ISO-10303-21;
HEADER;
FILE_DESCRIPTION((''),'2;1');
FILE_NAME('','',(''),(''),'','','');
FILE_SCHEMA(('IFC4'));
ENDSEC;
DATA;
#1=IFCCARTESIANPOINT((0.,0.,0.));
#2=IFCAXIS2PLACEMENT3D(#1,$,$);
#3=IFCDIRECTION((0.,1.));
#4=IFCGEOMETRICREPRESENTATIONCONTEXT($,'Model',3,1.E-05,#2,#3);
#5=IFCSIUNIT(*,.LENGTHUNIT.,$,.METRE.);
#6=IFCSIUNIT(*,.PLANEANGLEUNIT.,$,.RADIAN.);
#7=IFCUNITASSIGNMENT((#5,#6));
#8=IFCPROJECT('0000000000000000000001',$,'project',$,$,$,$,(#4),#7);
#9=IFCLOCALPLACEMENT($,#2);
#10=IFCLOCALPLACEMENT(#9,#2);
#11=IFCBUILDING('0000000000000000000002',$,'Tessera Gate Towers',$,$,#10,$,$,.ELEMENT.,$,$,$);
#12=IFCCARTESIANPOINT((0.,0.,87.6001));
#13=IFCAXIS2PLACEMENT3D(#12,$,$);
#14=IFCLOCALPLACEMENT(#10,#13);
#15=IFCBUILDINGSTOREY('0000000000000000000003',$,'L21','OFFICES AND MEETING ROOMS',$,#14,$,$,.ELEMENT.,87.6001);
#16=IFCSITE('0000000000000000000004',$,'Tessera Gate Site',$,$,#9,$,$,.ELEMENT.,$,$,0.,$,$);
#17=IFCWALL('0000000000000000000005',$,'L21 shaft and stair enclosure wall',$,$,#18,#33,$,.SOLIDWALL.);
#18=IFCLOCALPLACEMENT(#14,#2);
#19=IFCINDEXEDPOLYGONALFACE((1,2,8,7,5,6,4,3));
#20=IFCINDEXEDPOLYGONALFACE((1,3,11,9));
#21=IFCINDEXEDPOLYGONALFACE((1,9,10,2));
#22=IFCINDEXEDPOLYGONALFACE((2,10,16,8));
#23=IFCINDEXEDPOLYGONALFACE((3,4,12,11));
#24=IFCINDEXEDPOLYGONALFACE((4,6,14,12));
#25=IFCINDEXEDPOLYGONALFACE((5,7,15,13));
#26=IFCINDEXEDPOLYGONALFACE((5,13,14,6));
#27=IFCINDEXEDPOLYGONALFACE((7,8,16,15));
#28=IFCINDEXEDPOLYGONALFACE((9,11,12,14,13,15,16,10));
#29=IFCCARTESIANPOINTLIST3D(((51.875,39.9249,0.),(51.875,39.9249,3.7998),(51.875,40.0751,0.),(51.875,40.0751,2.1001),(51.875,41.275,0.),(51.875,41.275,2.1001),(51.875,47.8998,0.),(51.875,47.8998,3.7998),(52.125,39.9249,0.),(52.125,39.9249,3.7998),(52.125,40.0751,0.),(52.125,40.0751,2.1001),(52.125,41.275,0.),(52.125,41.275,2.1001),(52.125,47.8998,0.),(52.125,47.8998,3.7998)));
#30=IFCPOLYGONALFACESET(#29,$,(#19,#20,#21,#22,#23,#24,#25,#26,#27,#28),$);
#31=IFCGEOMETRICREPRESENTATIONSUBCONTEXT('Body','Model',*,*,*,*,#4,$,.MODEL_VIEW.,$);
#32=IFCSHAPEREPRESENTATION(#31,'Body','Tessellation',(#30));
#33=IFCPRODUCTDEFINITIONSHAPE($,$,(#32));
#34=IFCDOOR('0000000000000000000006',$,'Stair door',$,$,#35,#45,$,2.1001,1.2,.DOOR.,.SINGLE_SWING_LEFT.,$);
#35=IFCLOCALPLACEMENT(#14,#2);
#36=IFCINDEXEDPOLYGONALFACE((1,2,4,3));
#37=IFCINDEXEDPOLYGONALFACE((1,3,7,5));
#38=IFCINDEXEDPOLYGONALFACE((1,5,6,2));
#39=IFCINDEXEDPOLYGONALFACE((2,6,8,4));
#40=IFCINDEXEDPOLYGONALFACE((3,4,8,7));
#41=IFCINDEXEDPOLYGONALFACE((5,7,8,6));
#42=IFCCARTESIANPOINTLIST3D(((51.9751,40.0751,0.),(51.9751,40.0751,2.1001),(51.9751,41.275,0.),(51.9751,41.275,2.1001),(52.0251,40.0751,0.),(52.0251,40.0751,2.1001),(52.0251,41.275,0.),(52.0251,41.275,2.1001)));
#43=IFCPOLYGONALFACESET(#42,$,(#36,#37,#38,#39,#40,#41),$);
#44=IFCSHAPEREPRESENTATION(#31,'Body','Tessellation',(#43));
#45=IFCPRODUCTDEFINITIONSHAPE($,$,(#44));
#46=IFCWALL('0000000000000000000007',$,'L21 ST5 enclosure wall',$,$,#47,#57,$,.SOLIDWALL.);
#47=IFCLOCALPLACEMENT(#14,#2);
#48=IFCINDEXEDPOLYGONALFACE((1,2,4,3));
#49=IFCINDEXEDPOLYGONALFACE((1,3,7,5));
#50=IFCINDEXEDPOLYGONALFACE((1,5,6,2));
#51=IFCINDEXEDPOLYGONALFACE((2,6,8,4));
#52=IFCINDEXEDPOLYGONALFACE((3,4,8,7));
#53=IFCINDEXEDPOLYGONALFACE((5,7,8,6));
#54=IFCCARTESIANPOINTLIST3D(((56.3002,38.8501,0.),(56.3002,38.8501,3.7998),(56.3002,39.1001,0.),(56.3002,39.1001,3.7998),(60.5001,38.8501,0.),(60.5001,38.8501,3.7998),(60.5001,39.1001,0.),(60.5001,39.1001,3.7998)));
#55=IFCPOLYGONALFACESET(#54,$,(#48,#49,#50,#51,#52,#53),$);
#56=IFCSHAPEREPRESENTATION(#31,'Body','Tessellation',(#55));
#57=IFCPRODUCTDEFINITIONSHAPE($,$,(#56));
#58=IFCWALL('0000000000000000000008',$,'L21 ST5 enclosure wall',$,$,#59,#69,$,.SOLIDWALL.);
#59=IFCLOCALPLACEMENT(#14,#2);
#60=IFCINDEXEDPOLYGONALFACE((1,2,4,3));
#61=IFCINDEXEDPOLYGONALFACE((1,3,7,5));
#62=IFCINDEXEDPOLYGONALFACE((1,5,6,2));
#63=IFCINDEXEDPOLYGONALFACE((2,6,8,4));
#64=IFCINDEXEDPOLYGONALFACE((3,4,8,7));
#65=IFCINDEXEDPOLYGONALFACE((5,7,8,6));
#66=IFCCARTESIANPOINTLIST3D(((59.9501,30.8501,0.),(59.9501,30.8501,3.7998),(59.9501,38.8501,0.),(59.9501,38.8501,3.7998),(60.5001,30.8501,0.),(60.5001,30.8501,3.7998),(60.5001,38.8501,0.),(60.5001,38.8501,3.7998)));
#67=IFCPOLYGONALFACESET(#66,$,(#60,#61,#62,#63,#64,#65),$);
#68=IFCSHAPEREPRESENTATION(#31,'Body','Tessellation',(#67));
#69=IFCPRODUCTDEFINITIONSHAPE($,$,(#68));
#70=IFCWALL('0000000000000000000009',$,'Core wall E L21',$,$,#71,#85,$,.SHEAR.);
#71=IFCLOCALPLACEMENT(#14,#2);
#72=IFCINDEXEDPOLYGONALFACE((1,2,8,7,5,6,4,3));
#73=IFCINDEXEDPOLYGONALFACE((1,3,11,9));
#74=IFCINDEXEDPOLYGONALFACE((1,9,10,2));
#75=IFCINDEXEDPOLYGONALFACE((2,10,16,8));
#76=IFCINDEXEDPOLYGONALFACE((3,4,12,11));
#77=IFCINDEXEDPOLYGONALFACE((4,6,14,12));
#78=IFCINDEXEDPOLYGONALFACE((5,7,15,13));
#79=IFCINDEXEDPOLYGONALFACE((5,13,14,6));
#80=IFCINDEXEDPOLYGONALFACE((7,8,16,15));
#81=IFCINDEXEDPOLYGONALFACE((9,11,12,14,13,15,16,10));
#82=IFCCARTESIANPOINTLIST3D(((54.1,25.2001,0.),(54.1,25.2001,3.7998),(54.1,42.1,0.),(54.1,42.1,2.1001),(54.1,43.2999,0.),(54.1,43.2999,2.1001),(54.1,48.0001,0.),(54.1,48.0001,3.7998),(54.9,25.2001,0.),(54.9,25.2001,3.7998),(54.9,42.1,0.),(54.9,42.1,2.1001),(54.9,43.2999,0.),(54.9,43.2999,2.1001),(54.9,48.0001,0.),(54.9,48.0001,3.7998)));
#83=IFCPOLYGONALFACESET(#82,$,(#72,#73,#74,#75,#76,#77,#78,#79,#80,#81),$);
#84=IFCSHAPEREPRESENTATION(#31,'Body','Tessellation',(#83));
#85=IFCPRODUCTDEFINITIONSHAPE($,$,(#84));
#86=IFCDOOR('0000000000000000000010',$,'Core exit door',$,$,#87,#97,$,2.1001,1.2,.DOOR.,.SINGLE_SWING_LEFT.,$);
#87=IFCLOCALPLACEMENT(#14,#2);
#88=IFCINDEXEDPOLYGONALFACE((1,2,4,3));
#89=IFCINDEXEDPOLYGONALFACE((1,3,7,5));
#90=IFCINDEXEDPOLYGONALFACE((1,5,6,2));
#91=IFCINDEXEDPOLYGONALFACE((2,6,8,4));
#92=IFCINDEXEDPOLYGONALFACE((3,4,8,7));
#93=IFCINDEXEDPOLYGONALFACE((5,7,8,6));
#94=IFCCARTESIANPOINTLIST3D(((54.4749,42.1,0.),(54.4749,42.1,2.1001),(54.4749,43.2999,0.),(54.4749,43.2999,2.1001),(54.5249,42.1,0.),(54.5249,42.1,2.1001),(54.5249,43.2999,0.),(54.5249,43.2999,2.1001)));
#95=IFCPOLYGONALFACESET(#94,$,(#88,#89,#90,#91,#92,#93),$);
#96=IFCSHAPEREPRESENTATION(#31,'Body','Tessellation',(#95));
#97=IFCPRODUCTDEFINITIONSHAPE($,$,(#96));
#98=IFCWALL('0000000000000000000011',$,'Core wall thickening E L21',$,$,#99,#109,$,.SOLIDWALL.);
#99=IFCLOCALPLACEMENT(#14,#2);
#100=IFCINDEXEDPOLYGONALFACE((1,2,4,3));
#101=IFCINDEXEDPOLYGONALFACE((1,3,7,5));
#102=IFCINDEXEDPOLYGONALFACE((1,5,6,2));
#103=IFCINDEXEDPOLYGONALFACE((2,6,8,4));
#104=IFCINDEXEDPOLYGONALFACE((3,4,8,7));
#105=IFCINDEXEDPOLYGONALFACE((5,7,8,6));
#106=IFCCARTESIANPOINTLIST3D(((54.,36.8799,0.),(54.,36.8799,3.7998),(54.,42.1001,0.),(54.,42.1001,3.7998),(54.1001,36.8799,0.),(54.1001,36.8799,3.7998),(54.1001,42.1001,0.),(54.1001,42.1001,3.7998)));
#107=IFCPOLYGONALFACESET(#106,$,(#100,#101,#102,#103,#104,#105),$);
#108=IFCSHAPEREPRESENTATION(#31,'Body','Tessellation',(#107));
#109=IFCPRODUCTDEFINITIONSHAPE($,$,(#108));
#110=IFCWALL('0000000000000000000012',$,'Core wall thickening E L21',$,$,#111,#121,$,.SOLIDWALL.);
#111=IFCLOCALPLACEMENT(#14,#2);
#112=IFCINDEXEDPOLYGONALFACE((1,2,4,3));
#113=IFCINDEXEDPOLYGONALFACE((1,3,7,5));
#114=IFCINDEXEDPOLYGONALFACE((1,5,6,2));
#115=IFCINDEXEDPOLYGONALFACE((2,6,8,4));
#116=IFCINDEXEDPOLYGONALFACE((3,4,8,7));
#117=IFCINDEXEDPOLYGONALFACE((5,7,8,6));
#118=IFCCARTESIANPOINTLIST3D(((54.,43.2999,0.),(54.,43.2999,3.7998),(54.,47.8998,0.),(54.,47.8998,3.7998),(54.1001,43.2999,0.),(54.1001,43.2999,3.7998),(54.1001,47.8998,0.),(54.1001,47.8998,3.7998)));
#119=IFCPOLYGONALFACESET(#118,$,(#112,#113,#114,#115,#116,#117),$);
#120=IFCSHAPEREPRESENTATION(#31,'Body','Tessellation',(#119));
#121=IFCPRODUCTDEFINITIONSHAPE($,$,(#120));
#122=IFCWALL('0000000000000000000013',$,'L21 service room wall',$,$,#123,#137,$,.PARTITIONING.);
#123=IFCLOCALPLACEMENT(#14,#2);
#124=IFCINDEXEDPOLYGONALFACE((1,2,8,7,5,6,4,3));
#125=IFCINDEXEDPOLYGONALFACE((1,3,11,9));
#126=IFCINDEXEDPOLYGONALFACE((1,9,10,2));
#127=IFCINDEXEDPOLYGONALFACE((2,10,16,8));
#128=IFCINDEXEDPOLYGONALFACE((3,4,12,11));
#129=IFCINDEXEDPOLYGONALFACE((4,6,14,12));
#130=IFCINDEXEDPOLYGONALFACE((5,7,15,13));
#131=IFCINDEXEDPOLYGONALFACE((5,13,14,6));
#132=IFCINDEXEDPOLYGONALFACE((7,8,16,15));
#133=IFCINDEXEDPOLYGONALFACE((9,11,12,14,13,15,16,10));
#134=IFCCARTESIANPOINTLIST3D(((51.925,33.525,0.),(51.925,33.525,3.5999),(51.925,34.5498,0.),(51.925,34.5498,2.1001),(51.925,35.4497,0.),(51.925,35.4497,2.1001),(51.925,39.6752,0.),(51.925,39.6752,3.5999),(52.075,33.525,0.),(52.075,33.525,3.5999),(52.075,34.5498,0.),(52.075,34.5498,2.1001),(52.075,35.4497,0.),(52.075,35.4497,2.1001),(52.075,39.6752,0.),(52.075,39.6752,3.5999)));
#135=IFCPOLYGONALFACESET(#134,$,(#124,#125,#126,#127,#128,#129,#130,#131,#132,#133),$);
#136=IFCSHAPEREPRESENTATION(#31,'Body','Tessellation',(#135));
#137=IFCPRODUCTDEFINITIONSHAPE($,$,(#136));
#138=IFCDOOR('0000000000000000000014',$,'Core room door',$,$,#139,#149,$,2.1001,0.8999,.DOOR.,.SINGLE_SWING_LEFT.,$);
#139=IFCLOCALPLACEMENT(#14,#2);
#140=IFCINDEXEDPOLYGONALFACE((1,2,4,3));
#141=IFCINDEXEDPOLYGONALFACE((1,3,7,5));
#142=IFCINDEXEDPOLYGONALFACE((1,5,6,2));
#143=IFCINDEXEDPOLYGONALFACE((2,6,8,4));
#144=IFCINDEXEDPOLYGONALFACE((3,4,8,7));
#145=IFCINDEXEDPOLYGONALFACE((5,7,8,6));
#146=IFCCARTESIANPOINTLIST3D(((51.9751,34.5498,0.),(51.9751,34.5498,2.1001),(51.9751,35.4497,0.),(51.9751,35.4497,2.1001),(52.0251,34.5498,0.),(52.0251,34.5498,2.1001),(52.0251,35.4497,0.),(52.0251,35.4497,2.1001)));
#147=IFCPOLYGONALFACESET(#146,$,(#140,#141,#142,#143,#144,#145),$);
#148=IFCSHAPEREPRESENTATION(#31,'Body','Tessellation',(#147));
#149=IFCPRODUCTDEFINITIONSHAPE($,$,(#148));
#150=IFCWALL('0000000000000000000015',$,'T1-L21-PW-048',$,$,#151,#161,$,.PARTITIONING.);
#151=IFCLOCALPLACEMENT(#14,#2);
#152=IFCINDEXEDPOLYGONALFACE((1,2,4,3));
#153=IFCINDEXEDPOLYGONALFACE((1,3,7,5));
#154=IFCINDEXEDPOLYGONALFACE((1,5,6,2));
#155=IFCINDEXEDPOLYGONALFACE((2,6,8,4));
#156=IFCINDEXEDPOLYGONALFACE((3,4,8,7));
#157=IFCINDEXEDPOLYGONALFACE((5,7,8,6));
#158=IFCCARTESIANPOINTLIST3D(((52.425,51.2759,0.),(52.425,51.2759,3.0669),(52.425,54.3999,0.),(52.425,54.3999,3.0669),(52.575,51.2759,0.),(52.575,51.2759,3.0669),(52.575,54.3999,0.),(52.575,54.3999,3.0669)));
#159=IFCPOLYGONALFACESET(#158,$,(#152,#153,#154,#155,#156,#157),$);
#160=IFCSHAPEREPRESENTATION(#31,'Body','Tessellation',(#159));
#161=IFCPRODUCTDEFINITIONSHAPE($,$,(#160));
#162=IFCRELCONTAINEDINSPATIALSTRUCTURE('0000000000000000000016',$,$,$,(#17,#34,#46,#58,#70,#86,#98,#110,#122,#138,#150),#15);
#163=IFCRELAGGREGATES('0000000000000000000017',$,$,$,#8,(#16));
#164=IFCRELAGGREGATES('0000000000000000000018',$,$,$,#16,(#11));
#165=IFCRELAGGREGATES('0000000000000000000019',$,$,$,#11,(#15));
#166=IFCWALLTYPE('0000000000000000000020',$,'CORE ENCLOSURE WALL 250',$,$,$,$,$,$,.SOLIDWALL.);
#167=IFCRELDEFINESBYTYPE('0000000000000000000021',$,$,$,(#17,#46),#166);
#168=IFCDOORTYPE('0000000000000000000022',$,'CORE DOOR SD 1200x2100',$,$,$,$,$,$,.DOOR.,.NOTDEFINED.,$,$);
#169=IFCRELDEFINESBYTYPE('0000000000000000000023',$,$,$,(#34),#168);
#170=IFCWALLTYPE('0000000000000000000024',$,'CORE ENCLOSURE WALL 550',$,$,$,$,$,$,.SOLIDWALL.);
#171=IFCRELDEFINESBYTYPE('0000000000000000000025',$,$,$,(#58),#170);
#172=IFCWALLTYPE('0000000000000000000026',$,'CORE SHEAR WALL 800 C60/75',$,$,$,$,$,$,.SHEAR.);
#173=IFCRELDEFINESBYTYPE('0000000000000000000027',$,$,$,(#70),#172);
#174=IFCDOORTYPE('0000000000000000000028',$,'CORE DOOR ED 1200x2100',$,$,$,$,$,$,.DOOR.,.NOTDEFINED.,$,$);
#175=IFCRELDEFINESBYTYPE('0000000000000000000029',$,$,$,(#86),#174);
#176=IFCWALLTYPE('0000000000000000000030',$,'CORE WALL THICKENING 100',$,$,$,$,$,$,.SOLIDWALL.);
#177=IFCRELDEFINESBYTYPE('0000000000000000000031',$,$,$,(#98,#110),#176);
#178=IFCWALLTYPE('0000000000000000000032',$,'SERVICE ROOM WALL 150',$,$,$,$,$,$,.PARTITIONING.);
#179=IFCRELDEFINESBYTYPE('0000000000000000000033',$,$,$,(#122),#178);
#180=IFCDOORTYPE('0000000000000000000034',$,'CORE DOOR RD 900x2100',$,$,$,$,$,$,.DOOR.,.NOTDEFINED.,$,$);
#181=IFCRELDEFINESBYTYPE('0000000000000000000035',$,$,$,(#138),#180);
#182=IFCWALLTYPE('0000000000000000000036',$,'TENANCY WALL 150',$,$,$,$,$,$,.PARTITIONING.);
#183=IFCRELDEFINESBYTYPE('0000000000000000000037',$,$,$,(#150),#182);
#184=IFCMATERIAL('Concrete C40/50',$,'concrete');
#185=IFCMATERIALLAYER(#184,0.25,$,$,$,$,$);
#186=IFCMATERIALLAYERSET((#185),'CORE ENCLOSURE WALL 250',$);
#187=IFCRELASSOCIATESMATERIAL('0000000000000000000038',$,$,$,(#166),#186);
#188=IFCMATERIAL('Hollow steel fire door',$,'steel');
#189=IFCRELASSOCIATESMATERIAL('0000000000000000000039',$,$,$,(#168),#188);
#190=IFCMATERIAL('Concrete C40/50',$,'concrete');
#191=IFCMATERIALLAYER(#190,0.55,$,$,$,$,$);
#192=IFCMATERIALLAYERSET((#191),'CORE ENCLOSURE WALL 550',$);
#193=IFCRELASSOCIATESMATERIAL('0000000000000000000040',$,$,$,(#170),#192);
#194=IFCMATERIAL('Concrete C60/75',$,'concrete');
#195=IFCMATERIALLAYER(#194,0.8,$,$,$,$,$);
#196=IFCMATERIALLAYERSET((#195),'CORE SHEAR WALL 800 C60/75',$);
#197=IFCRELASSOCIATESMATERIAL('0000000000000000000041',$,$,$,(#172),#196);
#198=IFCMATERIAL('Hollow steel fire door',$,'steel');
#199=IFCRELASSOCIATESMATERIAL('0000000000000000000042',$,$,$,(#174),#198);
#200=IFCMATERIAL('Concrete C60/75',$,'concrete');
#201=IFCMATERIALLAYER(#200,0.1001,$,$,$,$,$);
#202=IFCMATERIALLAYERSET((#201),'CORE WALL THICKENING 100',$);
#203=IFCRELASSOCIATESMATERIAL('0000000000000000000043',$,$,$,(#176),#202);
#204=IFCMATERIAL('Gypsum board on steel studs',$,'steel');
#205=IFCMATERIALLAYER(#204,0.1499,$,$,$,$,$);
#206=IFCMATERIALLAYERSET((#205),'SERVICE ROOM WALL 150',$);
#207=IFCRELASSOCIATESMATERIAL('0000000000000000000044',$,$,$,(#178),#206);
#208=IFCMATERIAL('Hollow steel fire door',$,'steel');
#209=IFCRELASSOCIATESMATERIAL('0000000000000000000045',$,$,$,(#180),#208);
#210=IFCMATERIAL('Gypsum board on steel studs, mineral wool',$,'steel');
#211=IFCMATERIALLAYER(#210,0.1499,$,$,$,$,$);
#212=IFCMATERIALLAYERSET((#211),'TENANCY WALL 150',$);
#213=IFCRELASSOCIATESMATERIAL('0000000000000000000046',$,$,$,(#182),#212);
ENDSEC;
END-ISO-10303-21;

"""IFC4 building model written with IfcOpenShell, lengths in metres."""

from ifc_helpers import new_model, si_unit, direction, frame, frame_2d, origin, place, context, subcontext, project, spatial, rectangle, extrude, source, transform, mapped, material, layer, layer_set, type_object, element, fill, save


model = new_model("IFC4")

# Units and contexts
model_context = context("Model", 3, precision=1e-05, world=origin(), true_north=direction((0.0, 1.0)))
body_context = subcontext(model_context, "Body", "Model", "MODEL_VIEW")
ifc_project = project(units=[si_unit("LENGTHUNIT", "METRE"), si_unit("PLANEANGLEUNIT", "RADIAN")], contexts=[model_context])

# Site, building, storey
site_placement = place(None, origin())
site = spatial("IfcSite", under=ifc_project, at=site_placement, Name="Tessera Gate Site", CompositionType="ELEMENT", RefElevation=0.0)
building_placement = place(site_placement, origin())
building = spatial("IfcBuilding", under=site, at=building_placement, Name="Tessera Gate Towers", CompositionType="ELEMENT")
storey_placement = place(building_placement, frame((0.0, 0.0, 87.6001)))
storey = spatial("IfcBuildingStorey", under=building, at=storey_placement, Name="L21", Description="OFFICES AND MEETING ROOMS", CompositionType="ELEMENT", Elevation=87.6001)

# Wall, opening, door
ifc_material_1 = material(Name="Concrete C40/50", Category="concrete")
ifc_layer_1 = layer(ifc_material_1, 0.25)
ifc_layer_set_1 = layer_set([ifc_layer_1], Name="CORE ENCLOSURE WALL 250")
wall_type_1 = type_object("IfcWallType", Name="CORE ENCLOSURE WALL 250", PredefinedType="SOLIDWALL", material=ifc_layer_set_1)
wall_1_placement = place(storey_placement, frame((52.0, 39.925, 0.0), z_axis=(0.0, 0.0, 1.0), x_axis=(0.0, 1.0, 0.0)))
wall_1 = element("IfcWall", 1, at=wall_1_placement, inside=storey, type_object=wall_type_1, Name="L21 shaft and stair enclosure wall", PredefinedType="SOLIDWALL", context=body_context, shape_type="SweptSolid", body=[
    extrude(rectangle(XDim=7.9749, YDim=0.25, at=frame_2d((3.9873, 0.0))), origin(), (0.0, 0.0, 1.0), 3.7998),
])
shared_shape_1 = source(origin(), body_context, "Body", "SweptSolid", [
    extrude(rectangle(XDim=1.2, YDim=2.1001, at=frame_2d((0.6001, 1.05))), frame((0.0, 0.135, 0.0), z_axis=(0.0, -1.0, 0.0), x_axis=(1.0, 0.0, 0.0)), (0.0, 0.0, 1.0), 0.27),
])
opening_1_placement = place(wall_1_placement, frame((0.1499, 0.0, 0.0)))
opening_1 = element("IfcOpeningElement", 2, at=opening_1_placement, cuts=wall_1, PredefinedType="OPENING", context=body_context, shape_type="MappedRepresentation", body=[
    mapped(shared_shape_1, transform((0.0, 0.0, 0.0), scale=1.0)),
])
ifc_material_2 = material(Name="Hollow steel fire door", Category="steel")
door_type_1 = type_object("IfcDoorType", Name="CORE DOOR SD 1200x2100", OperationType="NOTDEFINED", PredefinedType="DOOR", material=ifc_material_2)
shared_shape_2 = source(origin(), body_context, "Body", "SweptSolid", [
    extrude(rectangle(XDim=1.2, YDim=2.1001, at=frame_2d((0.6001, 1.05))), frame((0.0, 0.0249, 0.0), z_axis=(0.0, -1.0, 0.0), x_axis=(1.0, 0.0, 0.0)), (0.0, 0.0, 1.0), 0.05),
])
door_1_placement = place(opening_1_placement, origin())
door_1 = element("IfcDoor", 3, at=door_1_placement, inside=storey, type_object=door_type_1, Name="Stair door", OperationType="SINGLE_SWING_LEFT", OverallHeight=2.1001, OverallWidth=1.2, PredefinedType="DOOR", context=body_context, shape_type="MappedRepresentation", body=[
    mapped(shared_shape_2, transform((0.0, 0.0, 0.0), scale=1.0)),
])
fill(opening_1, door_1)

# Walls
wall_2_placement = place(storey_placement, frame((56.3, 38.9751, 0.0), z_axis=(0.0, 0.0, 1.0), x_axis=(1.0, 0.0, 0.0)))
element("IfcWall", 4, at=wall_2_placement, inside=storey, type_object=wall_type_1, Name="L21 ST5 enclosure wall", PredefinedType="SOLIDWALL", context=body_context, shape_type="SweptSolid", body=[
    extrude(rectangle(XDim=4.2, YDim=0.25, at=frame_2d((2.1001, 0.0))), origin(), (0.0, 0.0, 1.0), 3.7998),
])
ifc_material_3 = material(Name="Concrete C40/50", Category="concrete")
ifc_layer_2 = layer(ifc_material_3, 0.55)
ifc_layer_set_2 = layer_set([ifc_layer_2], Name="CORE ENCLOSURE WALL 550")
wall_type_2 = type_object("IfcWallType", Name="CORE ENCLOSURE WALL 550", PredefinedType="SOLIDWALL", material=ifc_layer_set_2)
wall_3_placement = place(storey_placement, frame((60.2251, 38.8501, 0.0), z_axis=(0.0, 0.0, 1.0), x_axis=(0.0, -1.0, 0.0)))
element("IfcWall", 5, at=wall_3_placement, inside=storey, type_object=wall_type_2, Name="L21 ST5 enclosure wall", PredefinedType="SOLIDWALL", context=body_context, shape_type="SweptSolid", body=[
    extrude(rectangle(XDim=8.0, YDim=0.55, at=frame_2d((4.0, 0.0))), origin(), (0.0, 0.0, 1.0), 3.7998),
])

# Wall, opening, door
ifc_material_4 = material(Name="Concrete C60/75", Category="concrete")
ifc_layer_3 = layer(ifc_material_4, 0.8)
ifc_layer_set_3 = layer_set([ifc_layer_3], Name="CORE SHEAR WALL 800 C60/75")
wall_type_3 = type_object("IfcWallType", Name="CORE SHEAR WALL 800 C60/75", PredefinedType="SHEAR", material=ifc_layer_set_3)
wall_4_placement = place(storey_placement, frame((54.5, 48.0, 0.0), z_axis=(0.0, 0.0, 1.0), x_axis=(0.0, -1.0, 0.0)))
wall_4 = element("IfcWall", 6, at=wall_4_placement, inside=storey, type_object=wall_type_3, Name="Core wall E L21", PredefinedType="SHEAR", context=body_context, shape_type="SweptSolid", body=[
    extrude(rectangle(XDim=22.8, YDim=0.8, at=frame_2d((11.3999, 0.0))), origin(), (0.0, 0.0, 1.0), 3.7998),
])
shared_shape_3 = source(origin(), body_context, "Body", "SweptSolid", [
    extrude(rectangle(XDim=1.2, YDim=2.1001, at=frame_2d((0.6001, 1.05))), frame((0.0, 0.4099, 0.0), z_axis=(0.0, -1.0, 0.0), x_axis=(1.0, 0.0, 0.0)), (0.0, 0.0, 1.0), 0.8201),
])
opening_2_placement = place(wall_4_placement, frame((4.7, 0.0, 0.0)))
opening_2 = element("IfcOpeningElement", 7, at=opening_2_placement, cuts=wall_4, PredefinedType="OPENING", context=body_context, shape_type="MappedRepresentation", body=[
    mapped(shared_shape_3, transform((0.0, 0.0, 0.0), scale=1.0)),
])
ifc_material_5 = material(Name="Hollow steel fire door", Category="steel")
door_type_2 = type_object("IfcDoorType", Name="CORE DOOR ED 1200x2100", OperationType="NOTDEFINED", PredefinedType="DOOR", material=ifc_material_5)
door_2_placement = place(opening_2_placement, origin())
door_2 = element("IfcDoor", 8, at=door_2_placement, inside=storey, type_object=door_type_2, Name="Core exit door", OperationType="SINGLE_SWING_LEFT", OverallHeight=2.1001, OverallWidth=1.2, PredefinedType="DOOR", context=body_context, shape_type="MappedRepresentation", body=[
    mapped(shared_shape_2, transform((0.0, 0.0, 0.0), scale=1.0)),
])
fill(opening_2, door_2)

# Walls
ifc_material_6 = material(Name="Concrete C60/75", Category="concrete")
ifc_layer_4 = layer(ifc_material_6, 0.1001)
ifc_layer_set_4 = layer_set([ifc_layer_4], Name="CORE WALL THICKENING 100")
wall_type_4 = type_object("IfcWallType", Name="CORE WALL THICKENING 100", PredefinedType="SOLIDWALL", material=ifc_layer_set_4)
wall_5_placement = place(storey_placement, frame((54.05, 36.8799, 0.0), z_axis=(0.0, 0.0, 1.0), x_axis=(0.0, 1.0, 0.0)))
element("IfcWall", 9, at=wall_5_placement, inside=storey, type_object=wall_type_4, Name="Core wall thickening E L21", PredefinedType="SOLIDWALL", context=body_context, shape_type="SweptSolid", body=[
    extrude(rectangle(XDim=5.2202, YDim=0.1001, at=frame_2d((2.6101, 0.0))), origin(), (0.0, 0.0, 1.0), 3.7998),
])
wall_6_placement = place(storey_placement, frame((54.05, 43.3, 0.0), z_axis=(0.0, 0.0, 1.0), x_axis=(0.0, 1.0, 0.0)))
element("IfcWall", 10, at=wall_6_placement, inside=storey, type_object=wall_type_4, Name="Core wall thickening E L21", PredefinedType="SOLIDWALL", context=body_context, shape_type="SweptSolid", body=[
    extrude(rectangle(XDim=4.5999, YDim=0.1001, at=frame_2d((2.2998, 0.0))), origin(), (0.0, 0.0, 1.0), 3.7998),
])

# Wall, opening, door
ifc_material_7 = material(Name="Gypsum board on steel studs", Category="steel")
ifc_layer_5 = layer(ifc_material_7, 0.1499)
ifc_layer_set_5 = layer_set([ifc_layer_5], Name="SERVICE ROOM WALL 150")
wall_type_5 = type_object("IfcWallType", Name="SERVICE ROOM WALL 150", PredefinedType="PARTITIONING", material=ifc_layer_set_5)
wall_7_placement = place(storey_placement, frame((52.0, 33.5249, 0.0), z_axis=(0.0, 0.0, 1.0), x_axis=(0.0, 1.0, 0.0)))
wall_7 = element("IfcWall", 11, at=wall_7_placement, inside=storey, type_object=wall_type_5, Name="L21 service room wall", PredefinedType="PARTITIONING", context=body_context, shape_type="SweptSolid", body=[
    extrude(rectangle(XDim=6.1501, YDim=0.1499, at=frame_2d((3.0752, 0.0))), origin(), (0.0, 0.0, 1.0), 3.5999),
])
shared_shape_4 = source(origin(), body_context, "Body", "SweptSolid", [
    extrude(rectangle(XDim=0.8999, YDim=2.1001, at=frame_2d((0.45, 1.05))), frame((0.0, 0.085, 0.0), z_axis=(0.0, -1.0, 0.0), x_axis=(1.0, 0.0, 0.0)), (0.0, 0.0, 1.0), 0.1699),
])
opening_3_placement = place(wall_7_placement, frame((1.0249, 0.0, 0.0)))
opening_3 = element("IfcOpeningElement", 12, at=opening_3_placement, cuts=wall_7, PredefinedType="OPENING", context=body_context, shape_type="MappedRepresentation", body=[
    mapped(shared_shape_4, transform((0.0, 0.0, 0.0), scale=1.0)),
])
ifc_material_8 = material(Name="Hollow steel fire door", Category="steel")
door_type_3 = type_object("IfcDoorType", Name="CORE DOOR RD 900x2100", OperationType="NOTDEFINED", PredefinedType="DOOR", material=ifc_material_8)
shared_shape_5 = source(origin(), body_context, "Body", "SweptSolid", [
    extrude(rectangle(XDim=0.8999, YDim=2.1001, at=frame_2d((0.45, 1.05))), frame((0.0, 0.0249, 0.0), z_axis=(0.0, -1.0, 0.0), x_axis=(1.0, 0.0, 0.0)), (0.0, 0.0, 1.0), 0.05),
])
door_3_placement = place(opening_3_placement, origin())
door_3 = element("IfcDoor", 13, at=door_3_placement, inside=storey, type_object=door_type_3, Name="Core room door", OperationType="SINGLE_SWING_LEFT", OverallHeight=2.1001, OverallWidth=0.8999, PredefinedType="DOOR", context=body_context, shape_type="MappedRepresentation", body=[
    mapped(shared_shape_5, transform((0.0, 0.0, 0.0), scale=1.0)),
])
fill(opening_3, door_3)

# Wall
ifc_material_9 = material(Name="Gypsum board on steel studs, mineral wool", Category="steel")
ifc_layer_6 = layer(ifc_material_9, 0.1499)
ifc_layer_set_6 = layer_set([ifc_layer_6], Name="TENANCY WALL 150")
wall_type_6 = type_object("IfcWallType", Name="TENANCY WALL 150", PredefinedType="PARTITIONING", material=ifc_layer_set_6)
wall_8_placement = place(storey_placement, frame((52.5, 51.2759, 0.0), z_axis=(0.0, 0.0, 1.0), x_axis=(0.0, 1.0, 0.0)))
element("IfcWall", 14, at=wall_8_placement, inside=storey, type_object=wall_type_6, Name="T1-L21-PW-048", PredefinedType="PARTITIONING", context=body_context, shape_type="SweptSolid", body=[
    extrude(rectangle(XDim=3.124, YDim=0.1499, at=frame_2d((1.562, 0.0))), origin(), (0.0, 0.0, 1.0), 3.0669),
])

save(model, "model.ifc")
